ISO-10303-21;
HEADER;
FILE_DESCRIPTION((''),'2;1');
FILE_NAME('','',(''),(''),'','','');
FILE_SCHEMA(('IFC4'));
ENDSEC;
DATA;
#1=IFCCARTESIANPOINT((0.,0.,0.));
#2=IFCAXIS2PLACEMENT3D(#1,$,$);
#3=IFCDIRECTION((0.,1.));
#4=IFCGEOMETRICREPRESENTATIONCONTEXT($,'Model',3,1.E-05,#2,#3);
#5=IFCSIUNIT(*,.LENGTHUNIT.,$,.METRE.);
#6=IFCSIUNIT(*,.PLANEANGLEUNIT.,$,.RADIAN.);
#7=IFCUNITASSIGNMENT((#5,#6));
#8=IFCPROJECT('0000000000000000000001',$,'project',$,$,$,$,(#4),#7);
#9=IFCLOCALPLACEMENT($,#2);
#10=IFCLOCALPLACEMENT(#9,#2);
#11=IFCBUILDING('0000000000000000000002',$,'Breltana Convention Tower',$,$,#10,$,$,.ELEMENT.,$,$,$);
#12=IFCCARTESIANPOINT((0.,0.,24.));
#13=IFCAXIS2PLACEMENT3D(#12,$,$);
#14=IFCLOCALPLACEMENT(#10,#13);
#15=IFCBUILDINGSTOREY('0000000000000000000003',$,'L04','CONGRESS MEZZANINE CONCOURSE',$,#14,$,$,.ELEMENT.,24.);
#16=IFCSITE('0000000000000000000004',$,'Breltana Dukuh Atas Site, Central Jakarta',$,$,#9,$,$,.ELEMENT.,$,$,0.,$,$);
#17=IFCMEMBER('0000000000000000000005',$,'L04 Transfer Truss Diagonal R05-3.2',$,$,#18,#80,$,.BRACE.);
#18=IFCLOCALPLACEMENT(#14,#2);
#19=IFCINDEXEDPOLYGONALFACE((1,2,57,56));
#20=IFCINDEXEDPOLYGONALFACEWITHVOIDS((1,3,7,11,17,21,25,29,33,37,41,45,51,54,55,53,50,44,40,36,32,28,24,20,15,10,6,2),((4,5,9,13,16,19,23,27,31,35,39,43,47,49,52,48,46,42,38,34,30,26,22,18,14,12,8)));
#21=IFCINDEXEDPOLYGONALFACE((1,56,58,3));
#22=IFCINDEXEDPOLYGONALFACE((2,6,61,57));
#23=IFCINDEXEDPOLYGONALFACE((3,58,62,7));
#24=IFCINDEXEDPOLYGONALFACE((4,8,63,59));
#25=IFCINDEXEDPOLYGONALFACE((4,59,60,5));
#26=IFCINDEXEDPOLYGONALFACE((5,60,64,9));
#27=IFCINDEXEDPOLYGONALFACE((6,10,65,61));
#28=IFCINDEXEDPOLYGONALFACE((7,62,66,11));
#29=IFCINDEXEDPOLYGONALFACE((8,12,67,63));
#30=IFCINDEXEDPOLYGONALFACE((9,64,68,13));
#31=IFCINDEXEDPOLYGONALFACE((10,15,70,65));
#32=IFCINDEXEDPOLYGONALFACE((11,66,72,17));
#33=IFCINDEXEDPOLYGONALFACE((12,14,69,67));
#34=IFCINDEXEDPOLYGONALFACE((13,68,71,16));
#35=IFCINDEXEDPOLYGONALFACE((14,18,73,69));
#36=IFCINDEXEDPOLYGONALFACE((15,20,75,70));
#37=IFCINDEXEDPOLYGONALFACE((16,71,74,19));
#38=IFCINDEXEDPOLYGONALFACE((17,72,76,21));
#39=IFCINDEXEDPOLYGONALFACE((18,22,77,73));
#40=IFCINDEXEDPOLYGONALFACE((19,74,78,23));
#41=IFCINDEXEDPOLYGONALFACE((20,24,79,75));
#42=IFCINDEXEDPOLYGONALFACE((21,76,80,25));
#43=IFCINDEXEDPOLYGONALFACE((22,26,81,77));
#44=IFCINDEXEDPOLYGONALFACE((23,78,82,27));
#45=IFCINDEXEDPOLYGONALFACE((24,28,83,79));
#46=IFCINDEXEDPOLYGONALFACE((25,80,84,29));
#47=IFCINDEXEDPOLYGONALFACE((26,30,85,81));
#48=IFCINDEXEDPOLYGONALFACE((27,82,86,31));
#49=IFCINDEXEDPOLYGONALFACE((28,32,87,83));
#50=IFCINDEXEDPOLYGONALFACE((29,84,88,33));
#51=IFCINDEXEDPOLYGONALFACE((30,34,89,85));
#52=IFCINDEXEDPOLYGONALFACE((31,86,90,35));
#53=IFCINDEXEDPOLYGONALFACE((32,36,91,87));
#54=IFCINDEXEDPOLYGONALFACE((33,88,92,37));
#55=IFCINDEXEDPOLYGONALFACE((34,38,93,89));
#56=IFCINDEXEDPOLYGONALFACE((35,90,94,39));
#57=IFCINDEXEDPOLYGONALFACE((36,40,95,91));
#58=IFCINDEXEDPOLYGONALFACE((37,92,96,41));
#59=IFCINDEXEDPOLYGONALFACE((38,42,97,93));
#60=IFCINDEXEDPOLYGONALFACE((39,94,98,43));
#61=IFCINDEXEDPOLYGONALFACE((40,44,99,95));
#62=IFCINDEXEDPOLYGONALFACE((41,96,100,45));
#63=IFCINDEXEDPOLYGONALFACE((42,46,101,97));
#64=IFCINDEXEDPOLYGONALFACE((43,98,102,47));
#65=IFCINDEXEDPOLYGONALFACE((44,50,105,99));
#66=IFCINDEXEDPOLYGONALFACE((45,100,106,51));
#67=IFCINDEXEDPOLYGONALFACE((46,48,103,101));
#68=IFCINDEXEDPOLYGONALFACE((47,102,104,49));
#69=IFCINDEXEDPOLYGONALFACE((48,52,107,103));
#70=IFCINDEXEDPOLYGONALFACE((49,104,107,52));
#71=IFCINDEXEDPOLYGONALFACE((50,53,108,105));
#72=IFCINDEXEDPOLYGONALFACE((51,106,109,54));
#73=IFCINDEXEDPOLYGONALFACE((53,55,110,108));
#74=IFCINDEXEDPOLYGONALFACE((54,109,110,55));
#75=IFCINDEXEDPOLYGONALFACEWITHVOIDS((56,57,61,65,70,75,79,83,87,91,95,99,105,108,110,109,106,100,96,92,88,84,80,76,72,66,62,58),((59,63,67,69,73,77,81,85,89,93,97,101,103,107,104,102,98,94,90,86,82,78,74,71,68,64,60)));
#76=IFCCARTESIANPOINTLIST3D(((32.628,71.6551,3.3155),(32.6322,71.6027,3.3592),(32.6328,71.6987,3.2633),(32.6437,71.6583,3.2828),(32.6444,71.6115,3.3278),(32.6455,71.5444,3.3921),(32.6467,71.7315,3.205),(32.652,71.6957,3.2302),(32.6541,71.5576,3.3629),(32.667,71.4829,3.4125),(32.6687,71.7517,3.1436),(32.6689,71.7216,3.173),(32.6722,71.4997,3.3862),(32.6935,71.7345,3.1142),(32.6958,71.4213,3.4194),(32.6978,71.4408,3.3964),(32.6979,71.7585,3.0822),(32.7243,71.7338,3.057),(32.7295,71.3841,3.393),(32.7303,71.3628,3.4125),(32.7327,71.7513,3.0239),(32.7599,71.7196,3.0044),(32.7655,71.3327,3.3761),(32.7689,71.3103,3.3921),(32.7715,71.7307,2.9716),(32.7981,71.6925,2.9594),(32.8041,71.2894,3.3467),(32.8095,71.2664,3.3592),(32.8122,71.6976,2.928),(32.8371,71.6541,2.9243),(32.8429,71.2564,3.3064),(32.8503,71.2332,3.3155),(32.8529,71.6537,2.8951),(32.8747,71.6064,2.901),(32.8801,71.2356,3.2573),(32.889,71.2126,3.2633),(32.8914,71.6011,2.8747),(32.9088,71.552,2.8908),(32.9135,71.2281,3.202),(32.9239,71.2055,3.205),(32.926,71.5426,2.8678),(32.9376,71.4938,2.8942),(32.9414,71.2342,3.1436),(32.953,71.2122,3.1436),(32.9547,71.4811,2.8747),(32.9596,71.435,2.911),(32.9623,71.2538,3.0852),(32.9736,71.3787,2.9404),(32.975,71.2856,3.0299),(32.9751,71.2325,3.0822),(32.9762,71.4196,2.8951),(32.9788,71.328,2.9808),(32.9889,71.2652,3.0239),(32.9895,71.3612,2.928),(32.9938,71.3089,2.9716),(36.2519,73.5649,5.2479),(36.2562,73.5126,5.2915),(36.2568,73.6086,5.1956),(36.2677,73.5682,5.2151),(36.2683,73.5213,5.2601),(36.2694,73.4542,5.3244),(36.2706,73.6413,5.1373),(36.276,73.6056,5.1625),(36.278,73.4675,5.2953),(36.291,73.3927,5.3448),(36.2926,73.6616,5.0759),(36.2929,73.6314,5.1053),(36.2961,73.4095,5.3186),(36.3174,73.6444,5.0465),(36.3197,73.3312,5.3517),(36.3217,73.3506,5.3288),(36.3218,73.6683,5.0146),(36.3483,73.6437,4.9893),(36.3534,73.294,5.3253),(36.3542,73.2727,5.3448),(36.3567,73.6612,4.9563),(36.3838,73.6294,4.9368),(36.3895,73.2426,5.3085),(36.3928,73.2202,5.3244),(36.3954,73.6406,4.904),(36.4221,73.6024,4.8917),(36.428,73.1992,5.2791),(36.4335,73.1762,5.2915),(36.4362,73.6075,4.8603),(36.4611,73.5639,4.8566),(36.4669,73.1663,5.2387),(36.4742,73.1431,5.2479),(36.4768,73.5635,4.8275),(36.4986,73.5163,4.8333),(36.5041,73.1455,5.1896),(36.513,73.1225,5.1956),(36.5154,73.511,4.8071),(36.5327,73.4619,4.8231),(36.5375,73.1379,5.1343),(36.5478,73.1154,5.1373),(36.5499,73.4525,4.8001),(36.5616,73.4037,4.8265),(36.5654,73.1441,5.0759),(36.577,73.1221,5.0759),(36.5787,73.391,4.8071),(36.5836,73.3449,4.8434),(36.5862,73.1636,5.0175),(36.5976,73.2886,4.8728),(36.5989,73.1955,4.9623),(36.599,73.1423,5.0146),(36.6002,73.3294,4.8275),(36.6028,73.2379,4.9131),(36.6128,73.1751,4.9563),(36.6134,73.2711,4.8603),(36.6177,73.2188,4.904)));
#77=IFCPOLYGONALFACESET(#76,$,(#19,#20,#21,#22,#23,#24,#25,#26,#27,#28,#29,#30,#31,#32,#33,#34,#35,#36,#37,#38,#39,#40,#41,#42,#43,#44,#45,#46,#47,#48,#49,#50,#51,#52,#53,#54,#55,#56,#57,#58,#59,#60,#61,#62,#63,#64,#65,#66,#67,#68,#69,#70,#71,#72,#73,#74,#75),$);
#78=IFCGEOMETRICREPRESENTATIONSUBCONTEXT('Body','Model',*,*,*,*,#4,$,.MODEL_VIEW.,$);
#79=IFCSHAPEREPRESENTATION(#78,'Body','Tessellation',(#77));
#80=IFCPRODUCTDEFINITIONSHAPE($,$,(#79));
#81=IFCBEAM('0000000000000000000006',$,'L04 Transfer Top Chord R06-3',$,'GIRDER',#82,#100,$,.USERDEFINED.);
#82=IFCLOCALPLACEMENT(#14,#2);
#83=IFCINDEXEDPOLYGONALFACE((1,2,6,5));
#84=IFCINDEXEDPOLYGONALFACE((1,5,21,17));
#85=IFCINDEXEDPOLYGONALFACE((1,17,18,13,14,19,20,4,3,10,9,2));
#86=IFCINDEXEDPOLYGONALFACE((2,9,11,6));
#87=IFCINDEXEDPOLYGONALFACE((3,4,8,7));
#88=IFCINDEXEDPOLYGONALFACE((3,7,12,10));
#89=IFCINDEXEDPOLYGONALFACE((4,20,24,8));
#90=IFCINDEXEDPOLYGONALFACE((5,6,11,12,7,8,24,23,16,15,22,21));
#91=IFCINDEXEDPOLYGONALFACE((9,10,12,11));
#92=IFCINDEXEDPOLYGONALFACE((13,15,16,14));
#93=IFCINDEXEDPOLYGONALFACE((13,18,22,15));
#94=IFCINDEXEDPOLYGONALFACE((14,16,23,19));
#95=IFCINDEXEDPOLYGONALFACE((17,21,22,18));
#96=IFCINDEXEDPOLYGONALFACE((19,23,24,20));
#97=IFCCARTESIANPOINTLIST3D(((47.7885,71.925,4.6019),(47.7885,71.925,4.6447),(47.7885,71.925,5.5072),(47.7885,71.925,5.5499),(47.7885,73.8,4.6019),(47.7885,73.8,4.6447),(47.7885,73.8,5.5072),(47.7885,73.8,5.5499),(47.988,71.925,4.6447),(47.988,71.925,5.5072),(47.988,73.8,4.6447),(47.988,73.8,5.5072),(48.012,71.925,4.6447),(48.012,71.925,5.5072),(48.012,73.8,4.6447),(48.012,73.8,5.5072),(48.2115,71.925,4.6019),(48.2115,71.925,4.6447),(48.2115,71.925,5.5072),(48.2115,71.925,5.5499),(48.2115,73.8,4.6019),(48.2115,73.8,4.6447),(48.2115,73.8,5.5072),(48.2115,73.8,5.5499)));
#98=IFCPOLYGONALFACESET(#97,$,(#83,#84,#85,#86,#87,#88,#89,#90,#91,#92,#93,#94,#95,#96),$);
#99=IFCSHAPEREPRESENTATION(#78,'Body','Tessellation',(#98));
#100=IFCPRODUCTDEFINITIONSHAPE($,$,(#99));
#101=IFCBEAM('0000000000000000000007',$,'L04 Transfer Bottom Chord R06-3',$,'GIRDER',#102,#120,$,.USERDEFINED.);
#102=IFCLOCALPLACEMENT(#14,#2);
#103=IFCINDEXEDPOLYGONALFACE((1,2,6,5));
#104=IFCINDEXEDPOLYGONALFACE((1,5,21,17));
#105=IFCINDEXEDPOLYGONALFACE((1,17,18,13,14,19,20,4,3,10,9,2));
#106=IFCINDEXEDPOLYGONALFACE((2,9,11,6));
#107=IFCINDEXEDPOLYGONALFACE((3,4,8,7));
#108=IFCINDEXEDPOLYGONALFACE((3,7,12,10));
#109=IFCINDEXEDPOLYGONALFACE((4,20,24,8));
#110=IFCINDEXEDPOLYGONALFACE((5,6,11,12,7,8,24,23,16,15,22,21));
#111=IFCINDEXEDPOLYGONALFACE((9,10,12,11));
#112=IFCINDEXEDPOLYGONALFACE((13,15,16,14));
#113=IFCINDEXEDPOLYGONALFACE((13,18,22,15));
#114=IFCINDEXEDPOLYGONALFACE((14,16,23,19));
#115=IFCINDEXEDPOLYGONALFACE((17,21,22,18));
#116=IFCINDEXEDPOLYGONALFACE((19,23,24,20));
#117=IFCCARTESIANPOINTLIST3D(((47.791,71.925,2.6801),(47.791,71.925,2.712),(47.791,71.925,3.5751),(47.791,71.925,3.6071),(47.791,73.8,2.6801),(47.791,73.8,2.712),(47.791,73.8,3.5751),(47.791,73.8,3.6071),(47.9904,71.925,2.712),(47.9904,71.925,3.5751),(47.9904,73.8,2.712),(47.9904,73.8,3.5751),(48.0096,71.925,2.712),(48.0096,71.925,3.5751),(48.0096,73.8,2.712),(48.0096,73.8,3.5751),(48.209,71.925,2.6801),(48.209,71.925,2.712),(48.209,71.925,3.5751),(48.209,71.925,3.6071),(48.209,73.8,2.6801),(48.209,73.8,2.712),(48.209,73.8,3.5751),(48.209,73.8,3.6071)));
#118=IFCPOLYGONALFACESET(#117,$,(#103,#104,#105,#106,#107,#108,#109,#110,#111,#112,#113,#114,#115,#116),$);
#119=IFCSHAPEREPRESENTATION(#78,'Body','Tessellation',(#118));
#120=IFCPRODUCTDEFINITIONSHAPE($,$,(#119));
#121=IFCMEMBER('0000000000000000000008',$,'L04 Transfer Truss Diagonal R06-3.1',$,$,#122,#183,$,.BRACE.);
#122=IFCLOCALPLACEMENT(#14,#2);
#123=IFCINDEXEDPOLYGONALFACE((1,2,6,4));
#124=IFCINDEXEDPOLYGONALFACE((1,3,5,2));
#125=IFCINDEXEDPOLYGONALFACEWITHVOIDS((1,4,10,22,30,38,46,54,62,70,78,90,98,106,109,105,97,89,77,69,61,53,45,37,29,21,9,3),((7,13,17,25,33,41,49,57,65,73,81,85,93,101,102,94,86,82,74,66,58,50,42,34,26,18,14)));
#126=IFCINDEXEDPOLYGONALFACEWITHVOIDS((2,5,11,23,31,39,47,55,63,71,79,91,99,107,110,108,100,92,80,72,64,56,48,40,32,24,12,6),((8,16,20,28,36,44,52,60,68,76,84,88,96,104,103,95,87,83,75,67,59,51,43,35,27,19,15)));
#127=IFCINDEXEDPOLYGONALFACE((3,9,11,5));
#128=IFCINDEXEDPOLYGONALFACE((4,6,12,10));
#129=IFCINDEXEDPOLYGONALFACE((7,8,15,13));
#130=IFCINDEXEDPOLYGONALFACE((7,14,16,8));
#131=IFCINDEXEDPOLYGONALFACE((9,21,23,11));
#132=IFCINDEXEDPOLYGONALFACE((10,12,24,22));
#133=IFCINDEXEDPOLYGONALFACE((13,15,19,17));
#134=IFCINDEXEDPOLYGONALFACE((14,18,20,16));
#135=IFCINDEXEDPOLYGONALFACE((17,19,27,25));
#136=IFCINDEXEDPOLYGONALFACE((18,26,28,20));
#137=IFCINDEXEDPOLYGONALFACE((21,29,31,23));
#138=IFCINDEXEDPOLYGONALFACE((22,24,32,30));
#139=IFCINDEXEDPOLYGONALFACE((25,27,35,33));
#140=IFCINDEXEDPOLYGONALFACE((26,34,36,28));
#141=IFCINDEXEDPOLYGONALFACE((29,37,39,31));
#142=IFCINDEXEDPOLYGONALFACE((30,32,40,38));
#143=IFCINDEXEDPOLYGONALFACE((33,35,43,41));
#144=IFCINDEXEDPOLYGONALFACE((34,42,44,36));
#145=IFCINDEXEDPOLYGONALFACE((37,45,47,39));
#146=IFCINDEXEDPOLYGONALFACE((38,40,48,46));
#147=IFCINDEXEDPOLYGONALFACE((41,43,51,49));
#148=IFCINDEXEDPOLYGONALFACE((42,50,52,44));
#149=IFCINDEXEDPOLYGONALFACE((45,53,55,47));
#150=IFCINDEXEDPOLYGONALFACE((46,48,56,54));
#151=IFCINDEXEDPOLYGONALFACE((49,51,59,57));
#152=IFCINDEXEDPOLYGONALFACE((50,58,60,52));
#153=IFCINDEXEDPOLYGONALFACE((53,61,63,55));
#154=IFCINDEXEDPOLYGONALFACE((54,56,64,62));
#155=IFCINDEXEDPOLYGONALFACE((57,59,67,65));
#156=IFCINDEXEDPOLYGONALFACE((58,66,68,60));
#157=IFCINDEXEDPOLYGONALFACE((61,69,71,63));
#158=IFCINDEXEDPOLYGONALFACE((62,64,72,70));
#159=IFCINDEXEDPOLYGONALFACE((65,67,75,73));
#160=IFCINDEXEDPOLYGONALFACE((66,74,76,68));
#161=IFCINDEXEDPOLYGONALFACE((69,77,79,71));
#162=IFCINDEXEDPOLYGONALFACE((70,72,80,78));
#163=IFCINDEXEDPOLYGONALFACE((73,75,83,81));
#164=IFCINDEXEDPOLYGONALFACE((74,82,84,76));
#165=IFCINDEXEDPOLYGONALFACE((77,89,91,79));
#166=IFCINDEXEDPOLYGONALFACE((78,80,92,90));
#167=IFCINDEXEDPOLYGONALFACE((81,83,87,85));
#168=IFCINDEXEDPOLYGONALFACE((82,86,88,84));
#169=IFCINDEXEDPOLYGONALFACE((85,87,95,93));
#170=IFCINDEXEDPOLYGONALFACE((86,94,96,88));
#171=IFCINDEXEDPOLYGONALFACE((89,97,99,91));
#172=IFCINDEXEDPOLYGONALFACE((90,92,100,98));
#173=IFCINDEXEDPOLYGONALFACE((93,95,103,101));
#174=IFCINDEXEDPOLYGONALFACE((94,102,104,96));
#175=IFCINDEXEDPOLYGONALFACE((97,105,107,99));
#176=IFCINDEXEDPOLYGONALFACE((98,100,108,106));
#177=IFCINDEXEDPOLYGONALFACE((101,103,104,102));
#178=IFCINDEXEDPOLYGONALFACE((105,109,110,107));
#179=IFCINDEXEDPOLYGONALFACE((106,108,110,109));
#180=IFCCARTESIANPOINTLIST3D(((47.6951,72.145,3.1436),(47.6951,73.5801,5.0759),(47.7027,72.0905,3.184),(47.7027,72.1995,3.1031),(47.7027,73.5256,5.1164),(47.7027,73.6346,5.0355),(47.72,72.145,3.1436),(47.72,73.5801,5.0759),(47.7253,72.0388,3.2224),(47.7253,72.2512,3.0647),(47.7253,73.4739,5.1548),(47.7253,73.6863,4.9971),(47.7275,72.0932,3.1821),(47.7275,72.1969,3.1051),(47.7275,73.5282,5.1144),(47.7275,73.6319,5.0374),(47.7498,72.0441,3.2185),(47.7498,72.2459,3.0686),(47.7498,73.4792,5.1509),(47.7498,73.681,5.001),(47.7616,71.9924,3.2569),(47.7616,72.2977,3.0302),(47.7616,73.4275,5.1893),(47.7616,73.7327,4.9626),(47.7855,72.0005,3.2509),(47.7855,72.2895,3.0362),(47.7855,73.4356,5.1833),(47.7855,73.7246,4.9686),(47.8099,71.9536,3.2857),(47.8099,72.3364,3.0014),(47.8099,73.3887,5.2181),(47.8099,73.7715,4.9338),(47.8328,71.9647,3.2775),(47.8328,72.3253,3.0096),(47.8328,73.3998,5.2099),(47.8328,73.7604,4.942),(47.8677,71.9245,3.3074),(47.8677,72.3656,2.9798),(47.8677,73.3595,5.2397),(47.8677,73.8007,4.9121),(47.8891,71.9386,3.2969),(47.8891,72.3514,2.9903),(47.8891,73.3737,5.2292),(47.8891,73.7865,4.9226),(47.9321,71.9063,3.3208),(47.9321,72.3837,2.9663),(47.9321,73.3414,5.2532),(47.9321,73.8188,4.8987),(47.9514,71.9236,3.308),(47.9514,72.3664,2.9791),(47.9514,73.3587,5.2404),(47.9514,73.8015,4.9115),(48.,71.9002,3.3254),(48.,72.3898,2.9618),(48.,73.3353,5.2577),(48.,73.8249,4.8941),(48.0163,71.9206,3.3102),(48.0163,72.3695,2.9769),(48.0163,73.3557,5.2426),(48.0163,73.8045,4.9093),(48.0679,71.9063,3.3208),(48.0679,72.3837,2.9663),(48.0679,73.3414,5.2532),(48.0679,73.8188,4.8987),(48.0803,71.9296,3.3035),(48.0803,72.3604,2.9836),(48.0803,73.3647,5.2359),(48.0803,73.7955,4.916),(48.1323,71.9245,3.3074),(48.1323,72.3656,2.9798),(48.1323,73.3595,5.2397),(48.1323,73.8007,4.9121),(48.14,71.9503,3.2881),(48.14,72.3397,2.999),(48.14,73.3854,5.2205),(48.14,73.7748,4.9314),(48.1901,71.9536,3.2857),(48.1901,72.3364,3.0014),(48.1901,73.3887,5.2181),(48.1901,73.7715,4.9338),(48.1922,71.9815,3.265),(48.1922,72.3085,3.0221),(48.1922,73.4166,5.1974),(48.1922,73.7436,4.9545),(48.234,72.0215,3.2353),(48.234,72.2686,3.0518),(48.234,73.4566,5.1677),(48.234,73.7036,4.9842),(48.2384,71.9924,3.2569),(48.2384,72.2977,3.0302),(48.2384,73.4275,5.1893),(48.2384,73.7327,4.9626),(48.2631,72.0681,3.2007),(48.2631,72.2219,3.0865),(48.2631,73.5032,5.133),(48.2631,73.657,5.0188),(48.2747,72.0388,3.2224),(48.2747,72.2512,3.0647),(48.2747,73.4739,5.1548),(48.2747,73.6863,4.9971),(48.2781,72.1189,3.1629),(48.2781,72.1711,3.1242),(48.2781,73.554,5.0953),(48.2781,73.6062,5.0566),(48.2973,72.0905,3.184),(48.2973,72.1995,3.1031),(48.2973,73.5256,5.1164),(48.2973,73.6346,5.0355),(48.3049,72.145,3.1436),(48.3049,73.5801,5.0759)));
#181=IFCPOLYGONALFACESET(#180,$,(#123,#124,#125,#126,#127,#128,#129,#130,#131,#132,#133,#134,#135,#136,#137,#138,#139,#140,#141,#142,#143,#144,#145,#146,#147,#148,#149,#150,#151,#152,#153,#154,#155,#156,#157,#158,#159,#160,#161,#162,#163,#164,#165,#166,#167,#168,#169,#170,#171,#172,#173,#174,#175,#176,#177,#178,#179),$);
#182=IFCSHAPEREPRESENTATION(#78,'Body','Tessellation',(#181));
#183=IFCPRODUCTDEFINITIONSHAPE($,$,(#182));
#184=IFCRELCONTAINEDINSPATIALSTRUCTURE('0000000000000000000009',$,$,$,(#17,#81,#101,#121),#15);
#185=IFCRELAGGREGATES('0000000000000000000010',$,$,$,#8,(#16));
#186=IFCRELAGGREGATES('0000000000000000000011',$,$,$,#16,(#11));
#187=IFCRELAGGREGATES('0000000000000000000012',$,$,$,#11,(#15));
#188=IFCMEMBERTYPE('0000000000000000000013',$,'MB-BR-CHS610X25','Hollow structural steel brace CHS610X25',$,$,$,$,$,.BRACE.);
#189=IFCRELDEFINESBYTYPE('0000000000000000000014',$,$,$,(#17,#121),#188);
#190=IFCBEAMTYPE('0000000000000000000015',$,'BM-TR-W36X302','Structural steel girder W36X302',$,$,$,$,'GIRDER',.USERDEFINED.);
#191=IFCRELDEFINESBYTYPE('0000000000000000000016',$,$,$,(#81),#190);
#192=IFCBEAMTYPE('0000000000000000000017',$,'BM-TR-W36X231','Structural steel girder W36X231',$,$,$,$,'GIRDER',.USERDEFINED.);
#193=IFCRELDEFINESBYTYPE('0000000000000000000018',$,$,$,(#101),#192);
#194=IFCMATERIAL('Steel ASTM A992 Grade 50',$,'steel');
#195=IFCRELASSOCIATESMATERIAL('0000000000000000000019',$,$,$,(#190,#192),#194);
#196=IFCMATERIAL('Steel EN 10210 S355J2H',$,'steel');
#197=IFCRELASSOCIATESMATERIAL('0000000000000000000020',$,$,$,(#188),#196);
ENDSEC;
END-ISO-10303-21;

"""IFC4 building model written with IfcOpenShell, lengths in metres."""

from ifc_helpers import new_model, si_unit, direction, frame, origin, origin_2d, place, context, subcontext, project, spatial, hollow_circle, i_section, extrude, source, transform, mapped, material, material_profile, profile_set, type_object, element, save


model = new_model("IFC4")

# Units and contexts
model_context = context("Model", 3, precision=1e-05, world=origin(), true_north=direction((0.0, 1.0)))
body_context = subcontext(model_context, "Body", "Model", "MODEL_VIEW")
ifc_project = project(units=[si_unit("LENGTHUNIT", "METRE"), si_unit("PLANEANGLEUNIT", "RADIAN")], contexts=[model_context])

# Site, building, storey
site_placement = place(None, origin())
site = spatial("IfcSite", under=ifc_project, at=site_placement, Name="Breltana Dukuh Atas Site, Central Jakarta", CompositionType="ELEMENT", RefElevation=0.0)
building_placement = place(site_placement, origin())
building = spatial("IfcBuilding", under=site, at=building_placement, Name="Breltana Convention Tower", CompositionType="ELEMENT")
storey_placement = place(building_placement, frame((0.0, 0.0, 24.0)))
storey = spatial("IfcBuildingStorey", under=building, at=storey_placement, Name="L04", Description="CONGRESS MEZZANINE CONCOURSE", CompositionType="ELEMENT", Elevation=24.0)

# Shared definitions
ifc_material_1 = material(Name="Steel ASTM A992 Grade 50", Category="steel")
ifc_material_profile_1 = material_profile(ifc_material_1, i_section(OverallWidth=0.4231, OverallDepth=0.948, WebThickness=0.0239, FlangeThickness=0.0427, at=origin_2d()), Name="W36X302")
ifc_profile_set_1 = profile_set([ifc_material_profile_1], Name="Steel ASTM A992 Grade 50")
beam_type_1 = type_object("IfcBeamType", Name="BM-TR-W36X302", Description="Structural steel girder W36X302", ElementType="GIRDER", PredefinedType="USERDEFINED", material=ifc_profile_set_1)
ifc_material_profile_2 = material_profile(ifc_material_1, i_section(OverallWidth=0.418, OverallDepth=0.927, WebThickness=0.0193, FlangeThickness=0.032, at=origin_2d()), Name="W36X231")
ifc_profile_set_2 = profile_set([ifc_material_profile_2], Name="Steel ASTM A992 Grade 50")
beam_type_2 = type_object("IfcBeamType", Name="BM-TR-W36X231", Description="Structural steel girder W36X231", ElementType="GIRDER", PredefinedType="USERDEFINED", material=ifc_profile_set_2)

# Member
ifc_material_2 = material(Name="Steel EN 10210 S355J2H", Category="steel")
ifc_material_profile_3 = material_profile(ifc_material_2, hollow_circle(Radius=0.3049, WallThickness=0.0249, at=origin_2d()), Name="CHS610X25")
ifc_profile_set_3 = profile_set([ifc_material_profile_3], Name="Steel EN 10210 S355J2H")
member_type = type_object("IfcMemberType", Name="MB-BR-CHS610X25", Description="Hollow structural steel brace CHS610X25", PredefinedType="BRACE", material=ifc_profile_set_3)
shared_shape_1 = source(origin(), body_context, "Body", "SweptSolid", [
    extrude(hollow_circle(Radius=0.3049, WallThickness=0.0249, at=origin_2d()), origin(), (0.0, 0.0, 1.0), 4.5293),
])
member_1_placement = place(storey_placement, frame((36.4348, 73.3918, 5.0759), z_axis=(-0.800113, -0.421671, -0.42663), x_axis=(0.46623, -0.884663, 0.0)))
element("IfcMember", 1, at=member_1_placement, inside=storey, type_object=member_type, Name="L04 Transfer Truss Diagonal R05-3.2", PredefinedType="BRACE", context=body_context, shape_type="MappedRepresentation", body=[
    mapped(shared_shape_1, transform((0.0, 0.0, 0.0), scale=1.0)),
])

# Beams
shared_shape_2 = source(origin(), body_context, "Body", "SweptSolid", [
    extrude(i_section(OverallWidth=0.4231, OverallDepth=0.948, WebThickness=0.0239, FlangeThickness=0.0427, at=origin_2d()), origin(), (0.0, 0.0, 1.0), 1.875),
])
beam_1_placement = place(storey_placement, frame((48.0, 71.925, 5.0759), z_axis=(0.0, 1.0, 0.0), x_axis=(-1.0, 0.0, 0.0)))
element("IfcBeam", 2, at=beam_1_placement, inside=storey, type_object=beam_type_1, Name="L04 Transfer Top Chord R06-3", ObjectType="GIRDER", PredefinedType="USERDEFINED", context=body_context, shape_type="MappedRepresentation", body=[
    mapped(shared_shape_2, transform((0.0, 0.0, 0.0), scale=1.0)),
])
shared_shape_3 = source(origin(), body_context, "Body", "SweptSolid", [
    extrude(i_section(OverallWidth=0.418, OverallDepth=0.927, WebThickness=0.0193, FlangeThickness=0.032, at=origin_2d()), origin(), (0.0, 0.0, 1.0), 1.875),
])
beam_2_placement = place(storey_placement, frame((48.0, 71.925, 3.1436), z_axis=(0.0, 1.0, 0.0), x_axis=(-1.0, 0.0, 0.0)))
element("IfcBeam", 3, at=beam_2_placement, inside=storey, type_object=beam_type_2, Name="L04 Transfer Bottom Chord R06-3", ObjectType="GIRDER", PredefinedType="USERDEFINED", context=body_context, shape_type="MappedRepresentation", body=[
    mapped(shared_shape_3, transform((0.0, 0.0, 0.0), scale=1.0)),
])

# Member
shared_shape_4 = source(origin(), body_context, "Body", "SweptSolid", [
    extrude(hollow_circle(Radius=0.3049, WallThickness=0.0249, at=origin_2d()), origin(), (0.0, 0.0, 1.0), 2.407),
])
member_2_placement = place(storey_placement, frame((48.0, 72.145, 3.1436), z_axis=(0.0, 0.596212, 0.802827), x_axis=(-1.0, 0.0, 0.0)))
element("IfcMember", 4, at=member_2_placement, inside=storey, type_object=member_type, Name="L04 Transfer Truss Diagonal R06-3.1", PredefinedType="BRACE", context=body_context, shape_type="MappedRepresentation", body=[
    mapped(shared_shape_4, transform((0.0, 0.0, 0.0), scale=1.0)),
])

save(model, "model.ifc")
